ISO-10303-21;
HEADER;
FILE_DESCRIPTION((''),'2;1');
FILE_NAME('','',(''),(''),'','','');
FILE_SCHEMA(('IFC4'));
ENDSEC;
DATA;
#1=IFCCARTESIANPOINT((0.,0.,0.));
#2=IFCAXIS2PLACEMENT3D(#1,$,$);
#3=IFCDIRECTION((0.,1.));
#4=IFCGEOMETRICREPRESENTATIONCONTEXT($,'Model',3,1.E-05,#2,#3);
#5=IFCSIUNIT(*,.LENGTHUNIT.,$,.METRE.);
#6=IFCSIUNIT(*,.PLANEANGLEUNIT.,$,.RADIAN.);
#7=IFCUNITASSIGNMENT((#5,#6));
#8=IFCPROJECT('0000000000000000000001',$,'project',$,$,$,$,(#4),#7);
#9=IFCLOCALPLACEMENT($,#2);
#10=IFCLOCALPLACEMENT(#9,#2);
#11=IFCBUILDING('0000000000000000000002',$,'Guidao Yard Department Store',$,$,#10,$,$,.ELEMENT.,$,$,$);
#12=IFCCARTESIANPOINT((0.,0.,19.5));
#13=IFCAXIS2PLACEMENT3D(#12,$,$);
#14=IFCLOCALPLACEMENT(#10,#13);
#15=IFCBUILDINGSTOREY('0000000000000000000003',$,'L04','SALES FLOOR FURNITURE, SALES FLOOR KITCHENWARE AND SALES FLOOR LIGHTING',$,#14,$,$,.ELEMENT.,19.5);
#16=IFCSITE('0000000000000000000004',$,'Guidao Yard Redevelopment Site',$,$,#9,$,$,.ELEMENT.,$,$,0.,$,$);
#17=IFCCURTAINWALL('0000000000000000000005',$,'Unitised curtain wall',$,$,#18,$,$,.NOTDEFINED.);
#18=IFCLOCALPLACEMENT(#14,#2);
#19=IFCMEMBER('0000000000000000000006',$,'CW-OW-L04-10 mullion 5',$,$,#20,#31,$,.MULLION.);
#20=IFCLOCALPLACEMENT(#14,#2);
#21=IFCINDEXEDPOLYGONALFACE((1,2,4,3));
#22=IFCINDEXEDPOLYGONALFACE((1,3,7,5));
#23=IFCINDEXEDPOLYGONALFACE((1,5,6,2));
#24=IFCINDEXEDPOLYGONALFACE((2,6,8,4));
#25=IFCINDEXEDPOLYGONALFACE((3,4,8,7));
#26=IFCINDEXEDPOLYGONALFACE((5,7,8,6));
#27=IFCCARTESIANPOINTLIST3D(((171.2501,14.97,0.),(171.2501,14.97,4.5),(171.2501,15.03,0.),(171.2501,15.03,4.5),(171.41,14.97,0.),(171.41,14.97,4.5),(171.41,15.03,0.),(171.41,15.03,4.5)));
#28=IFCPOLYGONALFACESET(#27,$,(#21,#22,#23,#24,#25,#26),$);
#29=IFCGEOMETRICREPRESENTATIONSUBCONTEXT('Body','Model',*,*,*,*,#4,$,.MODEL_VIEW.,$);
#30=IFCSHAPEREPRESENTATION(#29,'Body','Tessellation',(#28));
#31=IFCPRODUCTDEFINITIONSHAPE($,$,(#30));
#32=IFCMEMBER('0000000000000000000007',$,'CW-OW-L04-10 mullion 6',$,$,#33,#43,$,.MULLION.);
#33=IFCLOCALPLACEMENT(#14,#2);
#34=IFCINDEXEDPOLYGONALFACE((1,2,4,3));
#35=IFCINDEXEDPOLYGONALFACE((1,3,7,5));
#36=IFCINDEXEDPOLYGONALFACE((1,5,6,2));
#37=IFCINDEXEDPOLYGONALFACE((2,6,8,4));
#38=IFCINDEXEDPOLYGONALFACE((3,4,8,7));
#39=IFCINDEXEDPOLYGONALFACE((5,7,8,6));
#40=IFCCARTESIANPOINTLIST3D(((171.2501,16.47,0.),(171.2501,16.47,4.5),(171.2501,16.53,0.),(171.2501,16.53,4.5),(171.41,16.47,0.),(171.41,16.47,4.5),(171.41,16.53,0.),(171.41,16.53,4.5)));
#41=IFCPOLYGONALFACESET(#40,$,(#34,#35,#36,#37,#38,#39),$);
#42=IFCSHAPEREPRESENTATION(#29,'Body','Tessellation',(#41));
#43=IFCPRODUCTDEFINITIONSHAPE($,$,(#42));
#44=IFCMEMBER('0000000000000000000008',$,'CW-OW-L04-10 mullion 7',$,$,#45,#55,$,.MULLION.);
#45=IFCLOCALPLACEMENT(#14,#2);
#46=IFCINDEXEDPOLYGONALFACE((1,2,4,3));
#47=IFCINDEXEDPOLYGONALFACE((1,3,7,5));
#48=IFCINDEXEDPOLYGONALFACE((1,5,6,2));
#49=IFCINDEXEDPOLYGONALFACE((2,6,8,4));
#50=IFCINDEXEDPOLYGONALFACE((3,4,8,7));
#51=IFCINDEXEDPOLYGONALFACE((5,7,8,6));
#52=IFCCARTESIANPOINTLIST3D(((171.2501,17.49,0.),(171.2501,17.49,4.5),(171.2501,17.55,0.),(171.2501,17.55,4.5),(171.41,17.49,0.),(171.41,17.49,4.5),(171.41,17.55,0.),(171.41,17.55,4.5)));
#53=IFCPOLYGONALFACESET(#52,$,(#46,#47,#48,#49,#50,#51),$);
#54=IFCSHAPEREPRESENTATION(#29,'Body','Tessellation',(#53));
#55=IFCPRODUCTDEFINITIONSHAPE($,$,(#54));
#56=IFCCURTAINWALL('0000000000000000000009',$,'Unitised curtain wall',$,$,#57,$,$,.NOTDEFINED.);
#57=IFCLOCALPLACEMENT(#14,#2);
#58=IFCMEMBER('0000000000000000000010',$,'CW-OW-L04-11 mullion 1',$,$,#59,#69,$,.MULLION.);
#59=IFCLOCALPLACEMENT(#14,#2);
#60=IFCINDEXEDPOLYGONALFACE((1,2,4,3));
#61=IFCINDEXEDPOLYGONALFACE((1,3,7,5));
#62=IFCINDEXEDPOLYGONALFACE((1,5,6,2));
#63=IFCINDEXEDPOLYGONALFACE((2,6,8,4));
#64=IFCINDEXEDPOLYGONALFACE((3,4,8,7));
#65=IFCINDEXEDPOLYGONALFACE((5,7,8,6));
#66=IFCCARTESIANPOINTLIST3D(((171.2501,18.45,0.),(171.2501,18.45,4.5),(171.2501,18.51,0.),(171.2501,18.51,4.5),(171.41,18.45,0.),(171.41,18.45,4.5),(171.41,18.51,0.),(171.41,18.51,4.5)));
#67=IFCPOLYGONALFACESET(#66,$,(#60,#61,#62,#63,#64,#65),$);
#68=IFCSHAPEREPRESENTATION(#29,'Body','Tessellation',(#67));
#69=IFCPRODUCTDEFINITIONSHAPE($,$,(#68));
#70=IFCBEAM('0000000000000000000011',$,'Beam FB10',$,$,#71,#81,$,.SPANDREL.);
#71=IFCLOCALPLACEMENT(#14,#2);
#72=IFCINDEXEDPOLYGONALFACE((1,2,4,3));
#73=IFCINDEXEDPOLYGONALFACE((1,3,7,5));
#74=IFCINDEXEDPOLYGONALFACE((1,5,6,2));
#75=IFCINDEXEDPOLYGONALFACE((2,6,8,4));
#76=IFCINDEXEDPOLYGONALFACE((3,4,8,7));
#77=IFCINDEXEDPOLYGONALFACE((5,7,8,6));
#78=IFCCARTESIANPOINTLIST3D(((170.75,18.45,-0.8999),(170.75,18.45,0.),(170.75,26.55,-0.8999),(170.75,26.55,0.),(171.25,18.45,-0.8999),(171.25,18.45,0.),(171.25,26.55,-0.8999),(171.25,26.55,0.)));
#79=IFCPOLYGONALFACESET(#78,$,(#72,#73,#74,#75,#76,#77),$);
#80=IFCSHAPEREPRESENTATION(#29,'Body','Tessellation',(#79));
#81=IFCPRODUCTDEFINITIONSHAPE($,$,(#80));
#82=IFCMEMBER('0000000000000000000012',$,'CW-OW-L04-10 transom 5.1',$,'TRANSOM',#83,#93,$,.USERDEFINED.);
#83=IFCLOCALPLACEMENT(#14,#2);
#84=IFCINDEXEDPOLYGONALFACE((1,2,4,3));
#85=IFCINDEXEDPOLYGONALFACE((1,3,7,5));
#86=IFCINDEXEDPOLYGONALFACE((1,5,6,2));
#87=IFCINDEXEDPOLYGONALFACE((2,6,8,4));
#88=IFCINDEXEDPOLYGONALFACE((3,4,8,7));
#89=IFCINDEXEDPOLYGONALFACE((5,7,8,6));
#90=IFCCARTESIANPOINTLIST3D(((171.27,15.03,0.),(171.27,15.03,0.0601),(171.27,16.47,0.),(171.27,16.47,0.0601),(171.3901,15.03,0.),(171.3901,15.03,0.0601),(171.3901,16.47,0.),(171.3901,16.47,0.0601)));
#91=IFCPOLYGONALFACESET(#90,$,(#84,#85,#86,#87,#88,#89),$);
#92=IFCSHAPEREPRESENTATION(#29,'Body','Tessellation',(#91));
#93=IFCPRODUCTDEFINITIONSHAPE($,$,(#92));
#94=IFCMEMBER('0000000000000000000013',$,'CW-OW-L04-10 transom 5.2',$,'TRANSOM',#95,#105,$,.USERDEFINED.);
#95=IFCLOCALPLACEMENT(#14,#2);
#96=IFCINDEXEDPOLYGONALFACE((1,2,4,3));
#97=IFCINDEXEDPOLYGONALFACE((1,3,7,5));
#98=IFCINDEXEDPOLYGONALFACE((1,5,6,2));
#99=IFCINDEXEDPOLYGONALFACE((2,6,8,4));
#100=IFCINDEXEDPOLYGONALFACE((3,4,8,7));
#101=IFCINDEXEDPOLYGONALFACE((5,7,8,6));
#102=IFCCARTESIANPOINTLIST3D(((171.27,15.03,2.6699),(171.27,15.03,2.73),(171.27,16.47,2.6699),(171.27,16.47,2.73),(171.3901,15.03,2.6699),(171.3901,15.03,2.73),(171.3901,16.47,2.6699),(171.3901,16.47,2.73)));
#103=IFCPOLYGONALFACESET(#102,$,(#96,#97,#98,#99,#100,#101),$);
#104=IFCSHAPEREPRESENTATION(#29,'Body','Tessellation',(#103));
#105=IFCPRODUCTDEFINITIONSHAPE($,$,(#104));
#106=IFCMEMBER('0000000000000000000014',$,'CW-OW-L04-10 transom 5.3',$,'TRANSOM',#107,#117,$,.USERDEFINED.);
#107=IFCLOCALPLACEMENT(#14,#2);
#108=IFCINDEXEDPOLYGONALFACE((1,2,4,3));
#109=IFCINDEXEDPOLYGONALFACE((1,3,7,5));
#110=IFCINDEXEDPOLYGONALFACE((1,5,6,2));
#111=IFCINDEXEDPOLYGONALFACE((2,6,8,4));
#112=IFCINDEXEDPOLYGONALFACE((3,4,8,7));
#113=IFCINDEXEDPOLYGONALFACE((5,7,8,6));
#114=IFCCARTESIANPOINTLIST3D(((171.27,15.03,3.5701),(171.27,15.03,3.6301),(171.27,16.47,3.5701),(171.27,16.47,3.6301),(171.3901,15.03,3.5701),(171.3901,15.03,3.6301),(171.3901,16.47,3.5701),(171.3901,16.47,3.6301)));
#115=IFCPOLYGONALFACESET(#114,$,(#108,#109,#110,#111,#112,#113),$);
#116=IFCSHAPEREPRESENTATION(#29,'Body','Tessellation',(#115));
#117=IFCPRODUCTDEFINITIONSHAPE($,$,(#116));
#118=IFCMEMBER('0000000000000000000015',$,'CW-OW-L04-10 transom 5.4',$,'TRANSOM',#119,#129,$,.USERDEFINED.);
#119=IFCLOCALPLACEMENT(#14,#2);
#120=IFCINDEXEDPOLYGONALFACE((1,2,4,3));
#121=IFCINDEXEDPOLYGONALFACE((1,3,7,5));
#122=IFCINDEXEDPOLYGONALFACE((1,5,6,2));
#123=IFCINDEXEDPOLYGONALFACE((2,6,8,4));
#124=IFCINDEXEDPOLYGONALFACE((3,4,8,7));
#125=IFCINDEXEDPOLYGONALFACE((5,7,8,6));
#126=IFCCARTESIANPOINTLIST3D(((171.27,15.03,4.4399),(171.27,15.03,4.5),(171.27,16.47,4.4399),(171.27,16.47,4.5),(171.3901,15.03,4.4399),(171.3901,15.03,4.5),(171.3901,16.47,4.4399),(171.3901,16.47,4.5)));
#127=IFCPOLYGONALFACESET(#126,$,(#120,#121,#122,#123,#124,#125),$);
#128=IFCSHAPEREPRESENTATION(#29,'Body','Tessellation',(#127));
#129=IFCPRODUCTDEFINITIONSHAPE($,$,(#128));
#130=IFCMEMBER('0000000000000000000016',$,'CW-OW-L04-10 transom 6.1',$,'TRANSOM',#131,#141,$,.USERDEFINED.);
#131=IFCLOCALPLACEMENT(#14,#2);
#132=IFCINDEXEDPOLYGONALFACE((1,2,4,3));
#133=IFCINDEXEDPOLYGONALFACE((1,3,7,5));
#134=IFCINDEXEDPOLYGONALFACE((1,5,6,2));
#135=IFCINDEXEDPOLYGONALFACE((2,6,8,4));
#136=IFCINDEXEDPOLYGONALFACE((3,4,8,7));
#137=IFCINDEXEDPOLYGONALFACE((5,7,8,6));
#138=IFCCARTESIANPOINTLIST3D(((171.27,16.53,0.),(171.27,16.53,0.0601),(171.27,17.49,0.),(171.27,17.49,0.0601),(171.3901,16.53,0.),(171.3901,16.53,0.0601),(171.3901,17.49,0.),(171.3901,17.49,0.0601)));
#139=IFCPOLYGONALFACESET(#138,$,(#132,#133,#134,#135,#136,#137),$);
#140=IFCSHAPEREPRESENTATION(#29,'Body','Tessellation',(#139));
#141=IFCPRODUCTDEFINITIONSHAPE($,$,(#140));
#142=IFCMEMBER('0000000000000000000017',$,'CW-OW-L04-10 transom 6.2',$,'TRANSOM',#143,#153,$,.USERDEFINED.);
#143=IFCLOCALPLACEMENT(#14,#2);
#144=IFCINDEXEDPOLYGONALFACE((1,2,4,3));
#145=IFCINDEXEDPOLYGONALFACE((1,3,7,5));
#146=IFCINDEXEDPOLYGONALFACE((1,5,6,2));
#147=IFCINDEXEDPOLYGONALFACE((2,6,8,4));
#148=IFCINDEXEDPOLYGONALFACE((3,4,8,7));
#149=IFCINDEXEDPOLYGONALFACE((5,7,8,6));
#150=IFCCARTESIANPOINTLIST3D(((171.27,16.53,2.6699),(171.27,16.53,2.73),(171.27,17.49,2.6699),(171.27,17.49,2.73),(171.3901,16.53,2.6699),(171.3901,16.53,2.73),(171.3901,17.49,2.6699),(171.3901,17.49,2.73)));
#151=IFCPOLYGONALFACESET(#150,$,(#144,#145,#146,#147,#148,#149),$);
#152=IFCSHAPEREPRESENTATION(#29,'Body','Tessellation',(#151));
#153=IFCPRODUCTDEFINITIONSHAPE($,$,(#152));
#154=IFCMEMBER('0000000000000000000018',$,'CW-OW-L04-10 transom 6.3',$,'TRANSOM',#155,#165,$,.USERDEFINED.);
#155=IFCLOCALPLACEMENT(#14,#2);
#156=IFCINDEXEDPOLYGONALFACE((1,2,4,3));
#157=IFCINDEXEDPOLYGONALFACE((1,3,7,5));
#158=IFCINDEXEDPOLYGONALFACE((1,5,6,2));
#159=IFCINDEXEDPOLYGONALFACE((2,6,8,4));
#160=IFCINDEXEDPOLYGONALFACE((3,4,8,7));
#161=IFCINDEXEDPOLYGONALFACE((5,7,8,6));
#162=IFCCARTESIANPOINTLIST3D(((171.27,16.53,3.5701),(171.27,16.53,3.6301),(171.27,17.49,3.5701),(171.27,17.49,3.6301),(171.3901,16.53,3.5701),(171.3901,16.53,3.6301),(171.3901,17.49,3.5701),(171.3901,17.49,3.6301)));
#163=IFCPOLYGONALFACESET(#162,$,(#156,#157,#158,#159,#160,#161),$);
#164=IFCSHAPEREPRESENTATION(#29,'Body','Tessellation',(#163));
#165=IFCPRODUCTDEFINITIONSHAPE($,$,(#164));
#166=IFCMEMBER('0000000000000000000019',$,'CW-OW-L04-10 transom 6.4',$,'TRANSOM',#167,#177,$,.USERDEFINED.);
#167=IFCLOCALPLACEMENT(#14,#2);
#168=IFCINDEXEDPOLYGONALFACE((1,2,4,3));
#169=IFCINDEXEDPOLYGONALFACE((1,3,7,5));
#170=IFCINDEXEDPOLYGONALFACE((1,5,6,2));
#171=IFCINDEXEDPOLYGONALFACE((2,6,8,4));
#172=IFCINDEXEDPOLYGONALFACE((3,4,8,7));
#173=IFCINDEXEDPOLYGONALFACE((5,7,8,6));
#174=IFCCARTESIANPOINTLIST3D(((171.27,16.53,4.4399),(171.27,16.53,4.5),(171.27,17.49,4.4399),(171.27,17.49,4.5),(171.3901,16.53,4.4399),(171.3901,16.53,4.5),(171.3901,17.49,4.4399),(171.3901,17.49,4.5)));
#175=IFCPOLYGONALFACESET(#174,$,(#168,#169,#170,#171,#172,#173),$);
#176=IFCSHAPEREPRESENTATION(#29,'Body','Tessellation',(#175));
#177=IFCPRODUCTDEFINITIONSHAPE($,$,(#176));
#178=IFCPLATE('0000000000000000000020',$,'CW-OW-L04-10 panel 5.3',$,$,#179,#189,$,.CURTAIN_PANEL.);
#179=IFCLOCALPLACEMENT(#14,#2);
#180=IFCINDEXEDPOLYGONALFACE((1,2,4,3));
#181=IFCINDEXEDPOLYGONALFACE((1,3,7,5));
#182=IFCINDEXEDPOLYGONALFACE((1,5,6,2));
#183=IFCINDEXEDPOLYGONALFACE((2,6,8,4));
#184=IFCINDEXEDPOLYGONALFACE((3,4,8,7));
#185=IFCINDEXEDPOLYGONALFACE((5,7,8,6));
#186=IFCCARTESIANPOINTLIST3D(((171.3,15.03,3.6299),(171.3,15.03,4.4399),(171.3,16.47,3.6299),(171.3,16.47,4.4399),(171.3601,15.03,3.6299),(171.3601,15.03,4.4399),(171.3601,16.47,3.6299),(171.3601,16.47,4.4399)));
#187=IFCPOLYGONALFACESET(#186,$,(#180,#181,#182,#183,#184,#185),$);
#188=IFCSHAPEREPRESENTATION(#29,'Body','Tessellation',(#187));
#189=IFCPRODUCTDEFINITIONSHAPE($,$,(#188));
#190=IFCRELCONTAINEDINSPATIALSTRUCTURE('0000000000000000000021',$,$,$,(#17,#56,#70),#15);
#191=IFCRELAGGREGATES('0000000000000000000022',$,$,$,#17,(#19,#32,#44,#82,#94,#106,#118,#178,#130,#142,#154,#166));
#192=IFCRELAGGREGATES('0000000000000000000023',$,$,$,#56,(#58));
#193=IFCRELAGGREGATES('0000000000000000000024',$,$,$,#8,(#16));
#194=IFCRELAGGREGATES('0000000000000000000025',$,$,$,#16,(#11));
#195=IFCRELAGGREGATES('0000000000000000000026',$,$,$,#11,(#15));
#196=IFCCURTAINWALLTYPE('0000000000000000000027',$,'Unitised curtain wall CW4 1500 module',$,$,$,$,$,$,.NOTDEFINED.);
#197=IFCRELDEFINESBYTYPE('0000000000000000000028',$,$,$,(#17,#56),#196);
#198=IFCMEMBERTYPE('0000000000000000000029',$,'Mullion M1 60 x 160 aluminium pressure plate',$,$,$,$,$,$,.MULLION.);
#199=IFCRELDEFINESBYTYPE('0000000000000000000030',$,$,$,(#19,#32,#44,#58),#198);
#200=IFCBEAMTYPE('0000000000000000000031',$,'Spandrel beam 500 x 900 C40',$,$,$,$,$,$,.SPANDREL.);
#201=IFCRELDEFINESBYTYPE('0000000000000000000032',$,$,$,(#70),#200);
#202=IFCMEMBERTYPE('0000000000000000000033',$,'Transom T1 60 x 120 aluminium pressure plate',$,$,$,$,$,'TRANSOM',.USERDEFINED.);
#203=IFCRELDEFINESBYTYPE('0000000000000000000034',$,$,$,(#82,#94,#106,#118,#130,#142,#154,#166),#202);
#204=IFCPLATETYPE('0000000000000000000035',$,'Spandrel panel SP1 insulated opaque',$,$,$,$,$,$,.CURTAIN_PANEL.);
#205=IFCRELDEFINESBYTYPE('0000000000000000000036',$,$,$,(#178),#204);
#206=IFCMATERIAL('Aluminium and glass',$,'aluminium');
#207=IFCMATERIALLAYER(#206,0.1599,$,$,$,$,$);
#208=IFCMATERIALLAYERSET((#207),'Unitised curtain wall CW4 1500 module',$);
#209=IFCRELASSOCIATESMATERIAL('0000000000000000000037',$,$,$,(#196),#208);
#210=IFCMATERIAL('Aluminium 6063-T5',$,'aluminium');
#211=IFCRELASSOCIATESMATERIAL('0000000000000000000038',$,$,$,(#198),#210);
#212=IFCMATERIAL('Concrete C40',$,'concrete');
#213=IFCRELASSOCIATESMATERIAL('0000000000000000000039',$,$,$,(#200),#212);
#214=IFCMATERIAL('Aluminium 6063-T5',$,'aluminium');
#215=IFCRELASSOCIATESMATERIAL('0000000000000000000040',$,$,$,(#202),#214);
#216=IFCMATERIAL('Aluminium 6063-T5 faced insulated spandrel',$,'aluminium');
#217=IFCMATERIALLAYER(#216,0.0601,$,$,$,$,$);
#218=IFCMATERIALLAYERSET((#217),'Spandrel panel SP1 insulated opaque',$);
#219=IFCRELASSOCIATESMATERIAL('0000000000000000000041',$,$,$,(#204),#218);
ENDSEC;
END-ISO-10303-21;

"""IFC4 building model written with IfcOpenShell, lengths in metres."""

from ifc_helpers import new_model, si_unit, direction, frame, origin, origin_2d, place, context, subcontext, project, spatial, rectangle, extrude, material, layer, layer_set, material_profile, profile_set, type_object, element, aggregate, save


model = new_model("IFC4")

# Units and contexts
model_context = context("Model", 3, precision=1e-05, world=origin(), true_north=direction((0.0, 1.0)))
body_context = subcontext(model_context, "Body", "Model", "MODEL_VIEW")
ifc_project = project(units=[si_unit("LENGTHUNIT", "METRE"), si_unit("PLANEANGLEUNIT", "RADIAN")], contexts=[model_context])

# Site, building, storey
site_placement = place(None, origin())
site = spatial("IfcSite", under=ifc_project, at=site_placement, Name="Guidao Yard Redevelopment Site", CompositionType="ELEMENT", RefElevation=0.0)
building_placement = place(site_placement, origin())
building = spatial("IfcBuilding", under=site, at=building_placement, Name="Guidao Yard Department Store", CompositionType="ELEMENT")
storey_placement = place(building_placement, frame((0.0, 0.0, 19.5)))
storey = spatial("IfcBuildingStorey", under=building, at=storey_placement, Name="L04", Description="SALES FLOOR FURNITURE, SALES FLOOR KITCHENWARE AND SALES FLOOR LIGHTING", CompositionType="ELEMENT", Elevation=19.5)

# Curtain wall, members
ifc_material_1 = material(Name="Aluminium and glass", Category="aluminium")
ifc_layer_1 = layer(ifc_material_1, 0.1599)
ifc_layer_set_1 = layer_set([ifc_layer_1], Name="Unitised curtain wall CW4 1500 module")
curtain_wall_type = type_object("IfcCurtainWallType", Name="Unitised curtain wall CW4 1500 module", PredefinedType="NOTDEFINED", material=ifc_layer_set_1)
curtain_wall_1_placement = place(storey_placement, origin())
curtain_wall_1 = element("IfcCurtainWall", 1, at=curtain_wall_1_placement, inside=storey, type_object=curtain_wall_type, Name="Unitised curtain wall", PredefinedType="NOTDEFINED")
ifc_material_2 = material(Name="Aluminium 6063-T5", Category="aluminium")
ifc_material_profile_1 = material_profile(ifc_material_2, rectangle(XDim=0.0601, YDim=0.1599, at=origin_2d()), Name="Mullion M1 60 x 160 aluminium pressure plate")
ifc_profile_set_1 = profile_set([ifc_material_profile_1], Name="Aluminium 6063-T5")
member_type_1 = type_object("IfcMemberType", Name="Mullion M1 60 x 160 aluminium pressure plate", PredefinedType="MULLION", material=ifc_profile_set_1)
member_1_placement = place(storey_placement, frame((171.3301, 15.0, 0.0), z_axis=(0.0, 0.0, 1.0), x_axis=(0.0, -1.0, 0.0)))
member_1 = element("IfcMember", 2, at=member_1_placement, type_object=member_type_1, Name="CW-OW-L04-10 mullion 5", PredefinedType="MULLION", context=body_context, shape_type="SweptSolid", body=[
    extrude(rectangle(XDim=0.0601, YDim=0.1599, at=origin_2d()), origin(), (0.0, 0.0, 1.0), 4.5),
])
member_2_placement = place(storey_placement, frame((171.3301, 16.5, 0.0), z_axis=(0.0, 0.0, 1.0), x_axis=(0.0, -1.0, 0.0)))
member_2 = element("IfcMember", 3, at=member_2_placement, type_object=member_type_1, Name="CW-OW-L04-10 mullion 6", PredefinedType="MULLION", context=body_context, shape_type="SweptSolid", body=[
    extrude(rectangle(XDim=0.0601, YDim=0.1599, at=origin_2d()), origin(), (0.0, 0.0, 1.0), 4.5),
])
member_3_placement = place(storey_placement, frame((171.3301, 17.52, 0.0), z_axis=(0.0, 0.0, 1.0), x_axis=(0.0, -1.0, 0.0)))
member_3 = element("IfcMember", 4, at=member_3_placement, type_object=member_type_1, Name="CW-OW-L04-10 mullion 7", PredefinedType="MULLION", context=body_context, shape_type="SweptSolid", body=[
    extrude(rectangle(XDim=0.0601, YDim=0.1599, at=origin_2d()), origin(), (0.0, 0.0, 1.0), 4.5),
])

# Curtain wall, member
curtain_wall_2_placement = place(storey_placement, origin())
curtain_wall_2 = element("IfcCurtainWall", 5, at=curtain_wall_2_placement, inside=storey, type_object=curtain_wall_type, Name="Unitised curtain wall", PredefinedType="NOTDEFINED")
member_4_placement = place(storey_placement, frame((171.3301, 18.48, 0.0), z_axis=(0.0, 0.0, 1.0), x_axis=(0.0, -1.0, 0.0)))
member_4 = element("IfcMember", 6, at=member_4_placement, type_object=member_type_1, Name="CW-OW-L04-11 mullion 1", PredefinedType="MULLION", context=body_context, shape_type="SweptSolid", body=[
    extrude(rectangle(XDim=0.0601, YDim=0.1599, at=origin_2d()), origin(), (0.0, 0.0, 1.0), 4.5),
])

# Beam
ifc_material_3 = material(Name="Concrete C40", Category="concrete")
ifc_material_profile_2 = material_profile(ifc_material_3, rectangle(XDim=0.5, YDim=0.8999, at=origin_2d()), Name="Spandrel beam 500 x 900 C40")
ifc_profile_set_2 = profile_set([ifc_material_profile_2], Name="Concrete C40")
beam_type = type_object("IfcBeamType", Name="Spandrel beam 500 x 900 C40", PredefinedType="SPANDREL", material=ifc_profile_set_2)
beam_placement = place(storey_placement, frame((171.0, 18.45, -0.45), z_axis=(0.0, 1.0, 0.0), x_axis=(-1.0, 0.0, 0.0)))
element("IfcBeam", 7, at=beam_placement, inside=storey, type_object=beam_type, Name="Beam FB10", PredefinedType="SPANDREL", context=body_context, shape_type="SweptSolid", body=[
    extrude(rectangle(XDim=0.5, YDim=0.8999, at=origin_2d()), origin(), (0.0, 0.0, 1.0), 8.1001),
])

# Members
ifc_material_4 = material(Name="Aluminium 6063-T5", Category="aluminium")
ifc_material_profile_3 = material_profile(ifc_material_4, rectangle(XDim=0.1201, YDim=0.0601, at=origin_2d()), Name="Transom T1 60 x 120 aluminium pressure plate")
ifc_profile_set_3 = profile_set([ifc_material_profile_3], Name="Aluminium 6063-T5")
member_type_2 = type_object("IfcMemberType", Name="Transom T1 60 x 120 aluminium pressure plate", ElementType="TRANSOM", PredefinedType="USERDEFINED", material=ifc_profile_set_3)
member_5_placement = place(storey_placement, frame((171.3301, 16.47, 0.03), z_axis=(0.0, -1.0, 0.0), x_axis=(1.0, 0.0, 0.0)))
member_5 = element("IfcMember", 8, at=member_5_placement, type_object=member_type_2, Name="CW-OW-L04-10 transom 5.1", ObjectType="TRANSOM", PredefinedType="USERDEFINED", context=body_context, shape_type="SweptSolid", body=[
    extrude(rectangle(XDim=0.1201, YDim=0.0601, at=origin_2d()), origin(), (0.0, 0.0, 1.0), 1.4399),
])
member_6_placement = place(storey_placement, frame((171.3301, 16.47, 2.7), z_axis=(0.0, -1.0, 0.0), x_axis=(1.0, 0.0, 0.0)))
member_6 = element("IfcMember", 9, at=member_6_placement, type_object=member_type_2, Name="CW-OW-L04-10 transom 5.2", ObjectType="TRANSOM", PredefinedType="USERDEFINED", context=body_context, shape_type="SweptSolid", body=[
    extrude(rectangle(XDim=0.1201, YDim=0.0601, at=origin_2d()), origin(), (0.0, 0.0, 1.0), 1.4399),
])
member_7_placement = place(storey_placement, frame((171.3301, 16.47, 3.6001), z_axis=(0.0, -1.0, 0.0), x_axis=(1.0, 0.0, 0.0)))
member_7 = element("IfcMember", 10, at=member_7_placement, type_object=member_type_2, Name="CW-OW-L04-10 transom 5.3", ObjectType="TRANSOM", PredefinedType="USERDEFINED", context=body_context, shape_type="SweptSolid", body=[
    extrude(rectangle(XDim=0.1201, YDim=0.0601, at=origin_2d()), origin(), (0.0, 0.0, 1.0), 1.4399),
])
member_8_placement = place(storey_placement, frame((171.3301, 16.47, 4.47), z_axis=(0.0, -1.0, 0.0), x_axis=(1.0, 0.0, 0.0)))
member_8 = element("IfcMember", 11, at=member_8_placement, type_object=member_type_2, Name="CW-OW-L04-10 transom 5.4", ObjectType="TRANSOM", PredefinedType="USERDEFINED", context=body_context, shape_type="SweptSolid", body=[
    extrude(rectangle(XDim=0.1201, YDim=0.0601, at=origin_2d()), origin(), (0.0, 0.0, 1.0), 1.4399),
])
member_9_placement = place(storey_placement, frame((171.3301, 17.49, 0.03), z_axis=(0.0, -1.0, 0.0), x_axis=(1.0, 0.0, 0.0)))
member_9 = element("IfcMember", 12, at=member_9_placement, type_object=member_type_2, Name="CW-OW-L04-10 transom 6.1", ObjectType="TRANSOM", PredefinedType="USERDEFINED", context=body_context, shape_type="SweptSolid", body=[
    extrude(rectangle(XDim=0.1201, YDim=0.0601, at=origin_2d()), origin(), (0.0, 0.0, 1.0), 0.96),
])
member_10_placement = place(storey_placement, frame((171.3301, 17.49, 2.7), z_axis=(0.0, -1.0, 0.0), x_axis=(1.0, 0.0, 0.0)))
member_10 = element("IfcMember", 13, at=member_10_placement, type_object=member_type_2, Name="CW-OW-L04-10 transom 6.2", ObjectType="TRANSOM", PredefinedType="USERDEFINED", context=body_context, shape_type="SweptSolid", body=[
    extrude(rectangle(XDim=0.1201, YDim=0.0601, at=origin_2d()), origin(), (0.0, 0.0, 1.0), 0.96),
])
member_11_placement = place(storey_placement, frame((171.3301, 17.49, 3.6001), z_axis=(0.0, -1.0, 0.0), x_axis=(1.0, 0.0, 0.0)))
member_11 = element("IfcMember", 14, at=member_11_placement, type_object=member_type_2, Name="CW-OW-L04-10 transom 6.3", ObjectType="TRANSOM", PredefinedType="USERDEFINED", context=body_context, shape_type="SweptSolid", body=[
    extrude(rectangle(XDim=0.1201, YDim=0.0601, at=origin_2d()), origin(), (0.0, 0.0, 1.0), 0.96),
])
member_12_placement = place(storey_placement, frame((171.3301, 17.49, 4.47), z_axis=(0.0, -1.0, 0.0), x_axis=(1.0, 0.0, 0.0)))
member_12 = element("IfcMember", 15, at=member_12_placement, type_object=member_type_2, Name="CW-OW-L04-10 transom 6.4", ObjectType="TRANSOM", PredefinedType="USERDEFINED", context=body_context, shape_type="SweptSolid", body=[
    extrude(rectangle(XDim=0.1201, YDim=0.0601, at=origin_2d()), origin(), (0.0, 0.0, 1.0), 0.96),
])

# Plate
ifc_material_5 = material(Name="Aluminium 6063-T5 faced insulated spandrel", Category="aluminium")
ifc_layer_2 = layer(ifc_material_5, 0.0601)
ifc_layer_set_2 = layer_set([ifc_layer_2], Name="Spandrel panel SP1 insulated opaque")
plate_type_1 = type_object("IfcPlateType", Name="Spandrel panel SP1 insulated opaque", PredefinedType="CURTAIN_PANEL", material=ifc_layer_set_2)
plate_1_placement = place(storey_placement, frame((171.3301, 15.75, 3.6299), z_axis=(0.0, 0.0, 1.0), x_axis=(0.0, -1.0, 0.0)))
plate_1 = element("IfcPlate", 16, at=plate_1_placement, type_object=plate_type_1, Name="CW-OW-L04-10 panel 5.3", PredefinedType="CURTAIN_PANEL", context=body_context, shape_type="SweptSolid", body=[
    extrude(rectangle(XDim=1.4399, YDim=0.0601, at=origin_2d()), origin(), (0.0, 0.0, 1.0), 0.8101),
])
aggregate(curtain_wall_1, [member_1, member_2, member_3, member_5, member_6, member_7, member_8, plate_1, member_9, member_10, member_11, member_12])
aggregate(curtain_wall_2, [member_4])

save(model, "model.ifc")
